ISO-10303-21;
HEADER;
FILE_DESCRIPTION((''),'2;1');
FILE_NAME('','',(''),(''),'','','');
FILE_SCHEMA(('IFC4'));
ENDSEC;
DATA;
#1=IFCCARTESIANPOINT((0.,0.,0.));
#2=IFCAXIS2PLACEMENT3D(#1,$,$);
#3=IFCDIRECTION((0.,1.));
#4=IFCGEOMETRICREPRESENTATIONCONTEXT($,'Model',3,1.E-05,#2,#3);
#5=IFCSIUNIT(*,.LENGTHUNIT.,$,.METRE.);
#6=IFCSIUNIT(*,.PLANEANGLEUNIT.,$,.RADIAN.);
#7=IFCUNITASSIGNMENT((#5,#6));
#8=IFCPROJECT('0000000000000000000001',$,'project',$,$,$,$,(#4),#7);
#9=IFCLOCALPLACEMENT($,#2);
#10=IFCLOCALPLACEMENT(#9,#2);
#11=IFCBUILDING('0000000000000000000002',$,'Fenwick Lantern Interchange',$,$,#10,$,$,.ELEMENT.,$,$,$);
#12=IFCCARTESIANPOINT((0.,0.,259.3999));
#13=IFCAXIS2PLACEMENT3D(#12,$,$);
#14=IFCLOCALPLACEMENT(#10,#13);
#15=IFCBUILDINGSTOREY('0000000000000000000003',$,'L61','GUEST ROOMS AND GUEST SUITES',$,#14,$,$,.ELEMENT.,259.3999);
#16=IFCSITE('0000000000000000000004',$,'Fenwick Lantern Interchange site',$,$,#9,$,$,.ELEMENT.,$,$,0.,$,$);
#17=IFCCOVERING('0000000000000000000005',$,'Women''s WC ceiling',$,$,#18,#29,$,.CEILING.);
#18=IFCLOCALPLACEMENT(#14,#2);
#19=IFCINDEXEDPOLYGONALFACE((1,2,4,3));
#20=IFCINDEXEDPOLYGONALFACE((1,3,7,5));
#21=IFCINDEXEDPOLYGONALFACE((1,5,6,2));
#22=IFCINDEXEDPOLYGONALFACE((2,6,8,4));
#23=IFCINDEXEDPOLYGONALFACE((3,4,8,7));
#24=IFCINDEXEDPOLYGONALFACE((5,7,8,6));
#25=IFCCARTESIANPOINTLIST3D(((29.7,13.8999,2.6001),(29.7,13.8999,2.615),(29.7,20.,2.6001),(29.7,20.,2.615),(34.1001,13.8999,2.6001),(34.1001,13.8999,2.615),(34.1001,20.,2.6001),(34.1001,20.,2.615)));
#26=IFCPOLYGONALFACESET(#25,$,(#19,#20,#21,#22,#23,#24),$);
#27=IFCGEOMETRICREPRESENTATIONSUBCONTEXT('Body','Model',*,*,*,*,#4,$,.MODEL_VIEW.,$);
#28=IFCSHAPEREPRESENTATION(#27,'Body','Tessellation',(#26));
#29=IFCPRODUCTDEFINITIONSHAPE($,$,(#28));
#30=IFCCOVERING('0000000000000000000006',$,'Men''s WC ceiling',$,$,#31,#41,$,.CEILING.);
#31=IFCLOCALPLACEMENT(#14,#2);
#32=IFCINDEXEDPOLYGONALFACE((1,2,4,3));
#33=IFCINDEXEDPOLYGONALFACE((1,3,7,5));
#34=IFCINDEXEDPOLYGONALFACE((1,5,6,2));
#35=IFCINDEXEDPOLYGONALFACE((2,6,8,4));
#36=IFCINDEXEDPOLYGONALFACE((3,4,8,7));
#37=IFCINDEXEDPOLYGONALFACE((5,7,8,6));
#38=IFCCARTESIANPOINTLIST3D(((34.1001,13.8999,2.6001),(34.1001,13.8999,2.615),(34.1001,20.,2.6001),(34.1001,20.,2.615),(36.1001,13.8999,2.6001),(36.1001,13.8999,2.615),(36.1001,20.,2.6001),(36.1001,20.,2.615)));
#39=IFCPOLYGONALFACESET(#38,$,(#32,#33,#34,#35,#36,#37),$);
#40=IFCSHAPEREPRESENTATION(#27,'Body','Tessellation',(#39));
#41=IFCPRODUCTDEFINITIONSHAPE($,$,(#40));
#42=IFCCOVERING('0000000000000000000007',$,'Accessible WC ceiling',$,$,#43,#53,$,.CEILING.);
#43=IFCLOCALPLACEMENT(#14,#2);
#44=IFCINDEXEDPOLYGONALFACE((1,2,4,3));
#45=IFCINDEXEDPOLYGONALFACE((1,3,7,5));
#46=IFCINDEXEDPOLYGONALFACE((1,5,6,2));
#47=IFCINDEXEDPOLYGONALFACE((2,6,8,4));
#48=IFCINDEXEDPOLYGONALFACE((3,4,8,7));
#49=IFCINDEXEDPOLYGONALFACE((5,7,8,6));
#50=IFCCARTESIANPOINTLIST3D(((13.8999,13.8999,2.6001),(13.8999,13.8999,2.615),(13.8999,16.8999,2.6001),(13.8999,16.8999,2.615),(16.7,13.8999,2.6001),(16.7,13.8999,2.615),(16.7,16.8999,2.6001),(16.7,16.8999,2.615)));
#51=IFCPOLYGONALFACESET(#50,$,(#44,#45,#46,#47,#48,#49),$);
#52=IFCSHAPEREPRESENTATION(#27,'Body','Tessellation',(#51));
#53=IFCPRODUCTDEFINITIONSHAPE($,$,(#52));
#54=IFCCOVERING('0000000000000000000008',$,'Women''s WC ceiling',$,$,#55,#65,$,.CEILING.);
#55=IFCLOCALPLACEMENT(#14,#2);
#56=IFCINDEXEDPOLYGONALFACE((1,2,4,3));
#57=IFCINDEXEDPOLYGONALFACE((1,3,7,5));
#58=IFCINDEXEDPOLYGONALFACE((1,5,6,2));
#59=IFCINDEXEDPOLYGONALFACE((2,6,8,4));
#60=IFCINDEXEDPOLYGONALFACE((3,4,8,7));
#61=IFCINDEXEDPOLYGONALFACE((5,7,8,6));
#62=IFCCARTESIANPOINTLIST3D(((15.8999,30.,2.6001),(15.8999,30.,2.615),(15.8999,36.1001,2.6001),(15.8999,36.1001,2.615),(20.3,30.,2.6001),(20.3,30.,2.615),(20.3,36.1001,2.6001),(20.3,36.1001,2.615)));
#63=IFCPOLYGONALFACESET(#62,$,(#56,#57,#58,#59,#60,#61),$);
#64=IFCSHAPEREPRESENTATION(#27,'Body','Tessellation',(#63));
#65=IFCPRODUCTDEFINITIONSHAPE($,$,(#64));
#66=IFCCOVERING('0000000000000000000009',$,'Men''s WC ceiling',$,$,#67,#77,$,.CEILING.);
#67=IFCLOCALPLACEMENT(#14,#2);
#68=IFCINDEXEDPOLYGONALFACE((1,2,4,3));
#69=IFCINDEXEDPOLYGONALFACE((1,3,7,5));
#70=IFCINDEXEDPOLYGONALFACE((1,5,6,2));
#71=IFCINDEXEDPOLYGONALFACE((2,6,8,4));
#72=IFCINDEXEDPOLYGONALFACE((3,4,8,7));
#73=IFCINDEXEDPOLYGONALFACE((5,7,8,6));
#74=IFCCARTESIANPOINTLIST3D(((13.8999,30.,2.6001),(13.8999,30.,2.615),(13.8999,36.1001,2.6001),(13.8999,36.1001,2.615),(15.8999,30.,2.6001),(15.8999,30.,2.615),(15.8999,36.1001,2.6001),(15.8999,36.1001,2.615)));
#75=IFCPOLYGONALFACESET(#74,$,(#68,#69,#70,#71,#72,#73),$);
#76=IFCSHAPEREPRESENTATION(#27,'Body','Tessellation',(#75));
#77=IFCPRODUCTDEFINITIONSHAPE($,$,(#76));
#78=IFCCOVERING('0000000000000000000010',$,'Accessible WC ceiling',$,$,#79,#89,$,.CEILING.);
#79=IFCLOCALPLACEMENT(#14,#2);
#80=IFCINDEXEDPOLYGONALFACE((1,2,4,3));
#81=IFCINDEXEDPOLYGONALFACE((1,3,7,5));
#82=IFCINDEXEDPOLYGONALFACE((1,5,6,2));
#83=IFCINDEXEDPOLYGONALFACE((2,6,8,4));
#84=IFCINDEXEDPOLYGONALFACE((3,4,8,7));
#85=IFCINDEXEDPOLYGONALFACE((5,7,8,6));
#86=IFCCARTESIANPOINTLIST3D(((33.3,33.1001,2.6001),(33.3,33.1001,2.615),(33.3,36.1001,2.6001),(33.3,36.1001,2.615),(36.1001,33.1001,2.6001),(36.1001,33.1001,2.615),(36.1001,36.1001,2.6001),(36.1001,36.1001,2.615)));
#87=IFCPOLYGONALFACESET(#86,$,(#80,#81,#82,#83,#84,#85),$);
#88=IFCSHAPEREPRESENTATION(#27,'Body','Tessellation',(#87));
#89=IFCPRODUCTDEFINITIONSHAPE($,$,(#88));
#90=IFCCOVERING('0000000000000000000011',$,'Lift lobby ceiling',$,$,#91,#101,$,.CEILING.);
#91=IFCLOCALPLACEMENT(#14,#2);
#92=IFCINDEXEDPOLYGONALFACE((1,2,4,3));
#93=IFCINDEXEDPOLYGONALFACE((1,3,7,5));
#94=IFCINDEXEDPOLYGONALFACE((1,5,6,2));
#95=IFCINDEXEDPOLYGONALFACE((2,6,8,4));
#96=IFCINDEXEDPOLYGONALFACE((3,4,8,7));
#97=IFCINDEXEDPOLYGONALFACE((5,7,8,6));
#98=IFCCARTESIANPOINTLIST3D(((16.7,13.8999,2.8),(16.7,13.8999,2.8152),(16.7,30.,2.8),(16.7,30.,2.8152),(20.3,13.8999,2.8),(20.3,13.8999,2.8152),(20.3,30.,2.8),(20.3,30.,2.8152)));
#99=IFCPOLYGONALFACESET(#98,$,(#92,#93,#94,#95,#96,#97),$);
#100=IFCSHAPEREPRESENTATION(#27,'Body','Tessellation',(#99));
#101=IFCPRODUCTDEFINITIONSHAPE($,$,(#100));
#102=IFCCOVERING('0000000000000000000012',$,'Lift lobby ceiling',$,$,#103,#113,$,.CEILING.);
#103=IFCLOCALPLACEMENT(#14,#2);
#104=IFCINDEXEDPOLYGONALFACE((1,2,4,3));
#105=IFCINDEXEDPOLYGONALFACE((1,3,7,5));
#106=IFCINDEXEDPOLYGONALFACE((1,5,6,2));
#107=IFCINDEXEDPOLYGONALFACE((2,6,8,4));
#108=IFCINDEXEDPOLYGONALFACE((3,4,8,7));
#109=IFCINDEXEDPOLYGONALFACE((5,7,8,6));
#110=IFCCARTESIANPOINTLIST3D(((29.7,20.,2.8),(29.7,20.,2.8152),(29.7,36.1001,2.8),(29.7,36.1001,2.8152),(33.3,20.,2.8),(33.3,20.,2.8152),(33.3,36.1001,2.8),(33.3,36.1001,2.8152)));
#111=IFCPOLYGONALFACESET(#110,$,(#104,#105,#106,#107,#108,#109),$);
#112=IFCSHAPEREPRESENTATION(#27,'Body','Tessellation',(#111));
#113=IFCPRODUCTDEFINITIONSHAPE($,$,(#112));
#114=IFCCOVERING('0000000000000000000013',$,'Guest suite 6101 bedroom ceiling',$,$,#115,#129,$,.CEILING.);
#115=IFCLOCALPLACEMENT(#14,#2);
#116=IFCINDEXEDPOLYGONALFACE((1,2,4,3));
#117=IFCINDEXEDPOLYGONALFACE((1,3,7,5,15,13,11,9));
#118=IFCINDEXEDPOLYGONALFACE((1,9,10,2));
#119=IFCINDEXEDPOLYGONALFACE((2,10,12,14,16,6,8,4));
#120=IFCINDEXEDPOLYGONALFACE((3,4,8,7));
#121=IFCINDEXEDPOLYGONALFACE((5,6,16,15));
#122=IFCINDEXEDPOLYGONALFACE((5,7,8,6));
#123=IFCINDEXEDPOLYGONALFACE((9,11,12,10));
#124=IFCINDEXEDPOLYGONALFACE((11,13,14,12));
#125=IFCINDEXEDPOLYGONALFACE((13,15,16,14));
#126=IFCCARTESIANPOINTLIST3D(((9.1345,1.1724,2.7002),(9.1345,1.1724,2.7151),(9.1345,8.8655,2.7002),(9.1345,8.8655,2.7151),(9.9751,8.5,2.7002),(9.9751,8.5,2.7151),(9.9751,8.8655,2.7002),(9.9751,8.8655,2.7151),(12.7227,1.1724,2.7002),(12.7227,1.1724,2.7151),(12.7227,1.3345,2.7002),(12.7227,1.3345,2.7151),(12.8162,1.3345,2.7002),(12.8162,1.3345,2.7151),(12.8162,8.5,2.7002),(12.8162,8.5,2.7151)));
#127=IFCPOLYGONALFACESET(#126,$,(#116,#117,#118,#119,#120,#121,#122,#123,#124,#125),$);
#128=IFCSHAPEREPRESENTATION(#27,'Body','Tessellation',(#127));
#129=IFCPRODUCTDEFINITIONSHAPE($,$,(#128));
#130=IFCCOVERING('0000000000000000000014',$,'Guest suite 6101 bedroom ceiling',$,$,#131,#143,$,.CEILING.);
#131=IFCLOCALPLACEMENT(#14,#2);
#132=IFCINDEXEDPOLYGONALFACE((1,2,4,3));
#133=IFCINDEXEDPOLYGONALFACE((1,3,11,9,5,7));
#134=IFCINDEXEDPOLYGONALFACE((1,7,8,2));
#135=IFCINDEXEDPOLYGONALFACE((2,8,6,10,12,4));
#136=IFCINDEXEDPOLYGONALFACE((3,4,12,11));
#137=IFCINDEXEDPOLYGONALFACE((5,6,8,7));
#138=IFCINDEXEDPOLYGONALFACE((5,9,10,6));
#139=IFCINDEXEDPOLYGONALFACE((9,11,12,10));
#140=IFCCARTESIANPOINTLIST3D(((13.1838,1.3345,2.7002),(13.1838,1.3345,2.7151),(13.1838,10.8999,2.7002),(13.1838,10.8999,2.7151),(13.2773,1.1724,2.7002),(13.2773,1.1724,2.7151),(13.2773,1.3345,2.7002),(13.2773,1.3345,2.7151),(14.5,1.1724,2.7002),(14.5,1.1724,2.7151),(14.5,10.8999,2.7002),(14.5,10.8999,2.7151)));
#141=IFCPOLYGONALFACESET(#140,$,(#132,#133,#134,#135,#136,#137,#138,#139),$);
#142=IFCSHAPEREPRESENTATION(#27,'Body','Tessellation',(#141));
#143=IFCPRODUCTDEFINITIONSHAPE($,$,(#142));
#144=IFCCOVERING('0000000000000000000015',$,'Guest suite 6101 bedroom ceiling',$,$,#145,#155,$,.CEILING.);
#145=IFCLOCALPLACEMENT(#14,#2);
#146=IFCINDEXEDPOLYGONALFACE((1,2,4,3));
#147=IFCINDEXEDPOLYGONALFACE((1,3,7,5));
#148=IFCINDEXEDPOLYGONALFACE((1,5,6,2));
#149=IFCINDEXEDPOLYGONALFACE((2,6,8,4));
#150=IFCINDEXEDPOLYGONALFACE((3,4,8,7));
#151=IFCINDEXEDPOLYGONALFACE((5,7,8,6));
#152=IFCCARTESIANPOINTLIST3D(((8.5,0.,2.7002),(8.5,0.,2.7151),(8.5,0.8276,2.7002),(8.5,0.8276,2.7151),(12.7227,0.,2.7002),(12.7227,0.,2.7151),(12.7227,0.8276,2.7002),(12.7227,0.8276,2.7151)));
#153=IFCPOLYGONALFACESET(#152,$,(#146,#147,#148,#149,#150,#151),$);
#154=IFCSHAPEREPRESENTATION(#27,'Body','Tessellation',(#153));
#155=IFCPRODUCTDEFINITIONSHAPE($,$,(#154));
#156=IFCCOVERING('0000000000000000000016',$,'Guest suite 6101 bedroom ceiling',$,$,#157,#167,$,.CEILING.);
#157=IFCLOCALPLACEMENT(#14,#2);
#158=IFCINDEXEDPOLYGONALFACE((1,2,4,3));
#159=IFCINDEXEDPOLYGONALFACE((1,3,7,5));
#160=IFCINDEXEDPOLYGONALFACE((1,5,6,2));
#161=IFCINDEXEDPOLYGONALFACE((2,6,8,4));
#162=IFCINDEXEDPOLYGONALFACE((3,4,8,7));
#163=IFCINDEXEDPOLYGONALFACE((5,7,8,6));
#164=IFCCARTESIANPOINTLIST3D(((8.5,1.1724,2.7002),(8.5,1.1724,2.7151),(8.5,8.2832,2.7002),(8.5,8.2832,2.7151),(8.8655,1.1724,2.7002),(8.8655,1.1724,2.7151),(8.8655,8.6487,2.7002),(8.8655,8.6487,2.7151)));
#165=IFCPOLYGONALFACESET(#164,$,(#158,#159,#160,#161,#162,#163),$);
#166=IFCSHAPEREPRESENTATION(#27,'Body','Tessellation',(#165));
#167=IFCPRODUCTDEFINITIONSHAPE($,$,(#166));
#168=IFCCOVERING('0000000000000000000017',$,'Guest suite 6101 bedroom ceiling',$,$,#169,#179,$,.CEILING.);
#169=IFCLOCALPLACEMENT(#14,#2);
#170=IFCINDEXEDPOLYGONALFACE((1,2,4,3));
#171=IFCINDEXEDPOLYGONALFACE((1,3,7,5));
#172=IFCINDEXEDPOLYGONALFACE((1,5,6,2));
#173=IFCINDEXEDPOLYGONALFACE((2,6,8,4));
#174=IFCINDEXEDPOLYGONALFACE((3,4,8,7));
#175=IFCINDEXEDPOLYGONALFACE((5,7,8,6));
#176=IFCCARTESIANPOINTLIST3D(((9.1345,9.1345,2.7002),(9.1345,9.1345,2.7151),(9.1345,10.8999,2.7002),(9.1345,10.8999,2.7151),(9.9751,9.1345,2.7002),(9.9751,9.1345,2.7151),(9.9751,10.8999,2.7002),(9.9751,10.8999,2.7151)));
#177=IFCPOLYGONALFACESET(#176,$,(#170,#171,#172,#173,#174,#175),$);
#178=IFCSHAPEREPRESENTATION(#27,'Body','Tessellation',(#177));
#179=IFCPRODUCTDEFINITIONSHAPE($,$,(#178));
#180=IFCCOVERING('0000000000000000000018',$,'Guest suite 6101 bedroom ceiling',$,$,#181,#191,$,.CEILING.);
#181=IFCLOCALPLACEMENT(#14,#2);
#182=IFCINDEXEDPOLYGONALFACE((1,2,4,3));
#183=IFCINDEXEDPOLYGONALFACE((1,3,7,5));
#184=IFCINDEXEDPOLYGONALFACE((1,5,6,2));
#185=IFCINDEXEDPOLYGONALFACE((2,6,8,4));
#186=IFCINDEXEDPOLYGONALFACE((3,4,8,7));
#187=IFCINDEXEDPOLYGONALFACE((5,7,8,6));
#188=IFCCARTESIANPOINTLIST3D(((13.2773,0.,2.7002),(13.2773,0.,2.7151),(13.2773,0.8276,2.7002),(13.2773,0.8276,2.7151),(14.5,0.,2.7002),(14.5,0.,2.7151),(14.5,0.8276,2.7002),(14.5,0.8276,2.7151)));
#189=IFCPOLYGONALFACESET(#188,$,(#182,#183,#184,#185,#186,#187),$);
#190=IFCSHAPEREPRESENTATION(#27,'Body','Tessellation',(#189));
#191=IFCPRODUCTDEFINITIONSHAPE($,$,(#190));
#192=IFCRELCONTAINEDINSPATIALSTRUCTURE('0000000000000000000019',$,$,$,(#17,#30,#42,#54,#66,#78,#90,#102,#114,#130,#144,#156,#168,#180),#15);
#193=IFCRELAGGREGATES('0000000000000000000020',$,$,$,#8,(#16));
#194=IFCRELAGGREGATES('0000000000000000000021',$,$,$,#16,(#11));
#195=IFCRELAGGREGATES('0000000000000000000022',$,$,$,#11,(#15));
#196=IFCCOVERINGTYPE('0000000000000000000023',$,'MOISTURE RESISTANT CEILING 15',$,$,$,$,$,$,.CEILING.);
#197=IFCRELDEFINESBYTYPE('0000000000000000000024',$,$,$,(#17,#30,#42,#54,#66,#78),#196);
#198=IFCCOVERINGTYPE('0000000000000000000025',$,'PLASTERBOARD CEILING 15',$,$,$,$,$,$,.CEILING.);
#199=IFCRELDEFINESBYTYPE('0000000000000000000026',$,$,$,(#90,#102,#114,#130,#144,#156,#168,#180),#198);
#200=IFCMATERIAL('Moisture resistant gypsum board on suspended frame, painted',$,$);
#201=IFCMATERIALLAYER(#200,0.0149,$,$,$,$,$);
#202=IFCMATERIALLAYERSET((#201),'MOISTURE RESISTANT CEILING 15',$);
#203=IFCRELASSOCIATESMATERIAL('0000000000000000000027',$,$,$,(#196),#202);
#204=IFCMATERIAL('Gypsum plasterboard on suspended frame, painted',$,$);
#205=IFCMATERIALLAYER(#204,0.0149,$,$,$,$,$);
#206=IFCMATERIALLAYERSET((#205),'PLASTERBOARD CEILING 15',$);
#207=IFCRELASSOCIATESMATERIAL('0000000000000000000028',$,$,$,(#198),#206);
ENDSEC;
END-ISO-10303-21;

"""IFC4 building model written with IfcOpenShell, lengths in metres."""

from ifc_helpers import new_model, si_unit, direction, frame, origin, place, context, subcontext, project, spatial, polyline, outline, extrude, material, layer, layer_set, type_object, element, save


model = new_model("IFC4")

# Units and contexts
model_context = context("Model", 3, precision=1e-05, world=origin(), true_north=direction((0.0, 1.0)))
body_context = subcontext(model_context, "Body", "Model", "MODEL_VIEW")
ifc_project = project(units=[si_unit("LENGTHUNIT", "METRE"), si_unit("PLANEANGLEUNIT", "RADIAN")], contexts=[model_context])

# Site, building, storey
site_placement = place(None, origin())
site = spatial("IfcSite", under=ifc_project, at=site_placement, Name="Fenwick Lantern Interchange site", CompositionType="ELEMENT", RefElevation=0.0)
building_placement = place(site_placement, origin())
building = spatial("IfcBuilding", under=site, at=building_placement, Name="Fenwick Lantern Interchange", CompositionType="ELEMENT")
storey_placement = place(building_placement, frame((0.0, 0.0, 259.3999)))
storey = spatial("IfcBuildingStorey", under=building, at=storey_placement, Name="L61", Description="GUEST ROOMS AND GUEST SUITES", CompositionType="ELEMENT", Elevation=259.3999)

# Coverings
ifc_material_1 = material(Name="Moisture resistant gypsum board on suspended frame, painted")
ifc_layer_1 = layer(ifc_material_1, 0.0149)
ifc_layer_set_1 = layer_set([ifc_layer_1], Name="MOISTURE RESISTANT CEILING 15")
covering_type_1 = type_object("IfcCoveringType", Name="MOISTURE RESISTANT CEILING 15", PredefinedType="CEILING", material=ifc_layer_set_1)
covering_1_placement = place(storey_placement, frame((0.0, 0.0, 2.6001)))
element("IfcCovering", 1, at=covering_1_placement, inside=storey, type_object=covering_type_1, Name="Women's WC ceiling", PredefinedType="CEILING", context=body_context, shape_type="SweptSolid", body=[
    extrude(outline(polyline([(29.7, 13.8999), (34.1001, 13.8999), (34.1001, 20.0), (29.7, 20.0), (29.7, 13.8999)])), origin(), (0.0, 0.0, 1.0), 0.0149),
])
covering_2_placement = place(storey_placement, frame((0.0, 0.0, 2.6001)))
element("IfcCovering", 2, at=covering_2_placement, inside=storey, type_object=covering_type_1, Name="Men's WC ceiling", PredefinedType="CEILING", context=body_context, shape_type="SweptSolid", body=[
    extrude(outline(polyline([(34.1001, 13.8999), (36.1001, 13.8999), (36.1001, 20.0), (34.1001, 20.0), (34.1001, 13.8999)])), origin(), (0.0, 0.0, 1.0), 0.0149),
])
covering_3_placement = place(storey_placement, frame((0.0, 0.0, 2.6001)))
element("IfcCovering", 3, at=covering_3_placement, inside=storey, type_object=covering_type_1, Name="Accessible WC ceiling", PredefinedType="CEILING", context=body_context, shape_type="SweptSolid", body=[
    extrude(outline(polyline([(13.8999, 13.8999), (16.7, 13.8999), (16.7, 16.8999), (13.8999, 16.8999), (13.8999, 13.8999)])), origin(), (0.0, 0.0, 1.0), 0.0149),
])
covering_4_placement = place(storey_placement, frame((0.0, 0.0, 2.6001)))
element("IfcCovering", 4, at=covering_4_placement, inside=storey, type_object=covering_type_1, Name="Women's WC ceiling", PredefinedType="CEILING", context=body_context, shape_type="SweptSolid", body=[
    extrude(outline(polyline([(20.3, 36.1001), (15.8999, 36.1001), (15.8999, 30.0), (20.3, 30.0), (20.3, 36.1001)])), origin(), (0.0, 0.0, 1.0), 0.0149),
])
covering_5_placement = place(storey_placement, frame((0.0, 0.0, 2.6001)))
element("IfcCovering", 5, at=covering_5_placement, inside=storey, type_object=covering_type_1, Name="Men's WC ceiling", PredefinedType="CEILING", context=body_context, shape_type="SweptSolid", body=[
    extrude(outline(polyline([(15.8999, 36.1001), (13.8999, 36.1001), (13.8999, 30.0), (15.8999, 30.0), (15.8999, 36.1001)])), origin(), (0.0, 0.0, 1.0), 0.0149),
])
covering_6_placement = place(storey_placement, frame((0.0, 0.0, 2.6001)))
element("IfcCovering", 6, at=covering_6_placement, inside=storey, type_object=covering_type_1, Name="Accessible WC ceiling", PredefinedType="CEILING", context=body_context, shape_type="SweptSolid", body=[
    extrude(outline(polyline([(36.1001, 36.1001), (33.3, 36.1001), (33.3, 33.1001), (36.1001, 33.1001), (36.1001, 36.1001)])), origin(), (0.0, 0.0, 1.0), 0.0149),
])
ifc_material_2 = material(Name="Gypsum plasterboard on suspended frame, painted")
ifc_layer_2 = layer(ifc_material_2, 0.0149)
ifc_layer_set_2 = layer_set([ifc_layer_2], Name="PLASTERBOARD CEILING 15")
covering_type_2 = type_object("IfcCoveringType", Name="PLASTERBOARD CEILING 15", PredefinedType="CEILING", material=ifc_layer_set_2)
covering_7_placement = place(storey_placement, frame((0.0, 0.0, 2.8)))
element("IfcCovering", 7, at=covering_7_placement, inside=storey, type_object=covering_type_2, Name="Lift lobby ceiling", PredefinedType="CEILING", context=body_context, shape_type="SweptSolid", body=[
    extrude(outline(polyline([(16.7, 13.8999), (20.3, 13.8999), (20.3, 30.0), (16.7, 30.0), (16.7, 13.8999)])), origin(), (0.0, 0.0, 1.0), 0.0151),
])
covering_8_placement = place(storey_placement, frame((0.0, 0.0, 2.8)))
element("IfcCovering", 8, at=covering_8_placement, inside=storey, type_object=covering_type_2, Name="Lift lobby ceiling", PredefinedType="CEILING", context=body_context, shape_type="SweptSolid", body=[
    extrude(outline(polyline([(33.3, 36.1001), (29.7, 36.1001), (29.7, 20.0), (33.3, 20.0), (33.3, 36.1001)])), origin(), (0.0, 0.0, 1.0), 0.0151),
])
covering_9_placement = place(storey_placement, frame((0.0, 0.0, 2.7002)))
element("IfcCovering", 9, at=covering_9_placement, inside=storey, type_object=covering_type_2, Name="Guest suite 6101 bedroom ceiling", PredefinedType="CEILING", context=body_context, shape_type="SweptSolid", body=[
    extrude(outline(polyline([(12.7227, 1.3345), (12.8162, 1.3345), (12.8162, 8.5), (9.9751, 8.5), (9.9751, 8.8655), (9.1345, 8.8655), (9.1345, 1.1724), (12.7227, 1.1724), (12.7227, 1.3345)])), origin(), (0.0, 0.0, 1.0), 0.0149),
])
covering_10_placement = place(storey_placement, frame((0.0, 0.0, 2.7002)))
element("IfcCovering", 10, at=covering_10_placement, inside=storey, type_object=covering_type_2, Name="Guest suite 6101 bedroom ceiling", PredefinedType="CEILING", context=body_context, shape_type="SweptSolid", body=[
    extrude(outline(polyline([(13.2773, 1.3345), (13.2773, 1.1724), (14.5, 1.1724), (14.5, 10.8999), (13.1838, 10.8999), (13.1838, 1.3345), (13.2773, 1.3345)])), origin(), (0.0, 0.0, 1.0), 0.0149),
])
covering_11_placement = place(storey_placement, frame((0.0, 0.0, 2.7002)))
element("IfcCovering", 11, at=covering_11_placement, inside=storey, type_object=covering_type_2, Name="Guest suite 6101 bedroom ceiling", PredefinedType="CEILING", context=body_context, shape_type="SweptSolid", body=[
    extrude(outline(polyline([(12.7227, 0.0), (12.7227, 0.8276), (8.5, 0.8276), (8.5, 0.0), (12.7227, 0.0)])), origin(), (0.0, 0.0, 1.0), 0.0149),
])
covering_12_placement = place(storey_placement, frame((0.0, 0.0, 2.7002)))
element("IfcCovering", 12, at=covering_12_placement, inside=storey, type_object=covering_type_2, Name="Guest suite 6101 bedroom ceiling", PredefinedType="CEILING", context=body_context, shape_type="SweptSolid", body=[
    extrude(outline(polyline([(8.5, 8.2832), (8.5, 1.1724), (8.8655, 1.1724), (8.8655, 8.6487), (8.5, 8.2832)])), origin(), (0.0, 0.0, 1.0), 0.0149),
])
covering_13_placement = place(storey_placement, frame((0.0, 0.0, 2.7002)))
element("IfcCovering", 13, at=covering_13_placement, inside=storey, type_object=covering_type_2, Name="Guest suite 6101 bedroom ceiling", PredefinedType="CEILING", context=body_context, shape_type="SweptSolid", body=[
    extrude(outline(polyline([(9.9751, 10.8999), (9.1345, 10.8999), (9.1345, 9.1345), (9.9751, 9.1345), (9.9751, 10.8999)])), origin(), (0.0, 0.0, 1.0), 0.0149),
])
covering_14_placement = place(storey_placement, frame((0.0, 0.0, 2.7002)))
element("IfcCovering", 14, at=covering_14_placement, inside=storey, type_object=covering_type_2, Name="Guest suite 6101 bedroom ceiling", PredefinedType="CEILING", context=body_context, shape_type="SweptSolid", body=[
    extrude(outline(polyline([(13.2773, 0.0), (14.5, 0.0), (14.5, 0.8276), (13.2773, 0.8276), (13.2773, 0.0)])), origin(), (0.0, 0.0, 1.0), 0.0149),
])

save(model, "model.ifc")
